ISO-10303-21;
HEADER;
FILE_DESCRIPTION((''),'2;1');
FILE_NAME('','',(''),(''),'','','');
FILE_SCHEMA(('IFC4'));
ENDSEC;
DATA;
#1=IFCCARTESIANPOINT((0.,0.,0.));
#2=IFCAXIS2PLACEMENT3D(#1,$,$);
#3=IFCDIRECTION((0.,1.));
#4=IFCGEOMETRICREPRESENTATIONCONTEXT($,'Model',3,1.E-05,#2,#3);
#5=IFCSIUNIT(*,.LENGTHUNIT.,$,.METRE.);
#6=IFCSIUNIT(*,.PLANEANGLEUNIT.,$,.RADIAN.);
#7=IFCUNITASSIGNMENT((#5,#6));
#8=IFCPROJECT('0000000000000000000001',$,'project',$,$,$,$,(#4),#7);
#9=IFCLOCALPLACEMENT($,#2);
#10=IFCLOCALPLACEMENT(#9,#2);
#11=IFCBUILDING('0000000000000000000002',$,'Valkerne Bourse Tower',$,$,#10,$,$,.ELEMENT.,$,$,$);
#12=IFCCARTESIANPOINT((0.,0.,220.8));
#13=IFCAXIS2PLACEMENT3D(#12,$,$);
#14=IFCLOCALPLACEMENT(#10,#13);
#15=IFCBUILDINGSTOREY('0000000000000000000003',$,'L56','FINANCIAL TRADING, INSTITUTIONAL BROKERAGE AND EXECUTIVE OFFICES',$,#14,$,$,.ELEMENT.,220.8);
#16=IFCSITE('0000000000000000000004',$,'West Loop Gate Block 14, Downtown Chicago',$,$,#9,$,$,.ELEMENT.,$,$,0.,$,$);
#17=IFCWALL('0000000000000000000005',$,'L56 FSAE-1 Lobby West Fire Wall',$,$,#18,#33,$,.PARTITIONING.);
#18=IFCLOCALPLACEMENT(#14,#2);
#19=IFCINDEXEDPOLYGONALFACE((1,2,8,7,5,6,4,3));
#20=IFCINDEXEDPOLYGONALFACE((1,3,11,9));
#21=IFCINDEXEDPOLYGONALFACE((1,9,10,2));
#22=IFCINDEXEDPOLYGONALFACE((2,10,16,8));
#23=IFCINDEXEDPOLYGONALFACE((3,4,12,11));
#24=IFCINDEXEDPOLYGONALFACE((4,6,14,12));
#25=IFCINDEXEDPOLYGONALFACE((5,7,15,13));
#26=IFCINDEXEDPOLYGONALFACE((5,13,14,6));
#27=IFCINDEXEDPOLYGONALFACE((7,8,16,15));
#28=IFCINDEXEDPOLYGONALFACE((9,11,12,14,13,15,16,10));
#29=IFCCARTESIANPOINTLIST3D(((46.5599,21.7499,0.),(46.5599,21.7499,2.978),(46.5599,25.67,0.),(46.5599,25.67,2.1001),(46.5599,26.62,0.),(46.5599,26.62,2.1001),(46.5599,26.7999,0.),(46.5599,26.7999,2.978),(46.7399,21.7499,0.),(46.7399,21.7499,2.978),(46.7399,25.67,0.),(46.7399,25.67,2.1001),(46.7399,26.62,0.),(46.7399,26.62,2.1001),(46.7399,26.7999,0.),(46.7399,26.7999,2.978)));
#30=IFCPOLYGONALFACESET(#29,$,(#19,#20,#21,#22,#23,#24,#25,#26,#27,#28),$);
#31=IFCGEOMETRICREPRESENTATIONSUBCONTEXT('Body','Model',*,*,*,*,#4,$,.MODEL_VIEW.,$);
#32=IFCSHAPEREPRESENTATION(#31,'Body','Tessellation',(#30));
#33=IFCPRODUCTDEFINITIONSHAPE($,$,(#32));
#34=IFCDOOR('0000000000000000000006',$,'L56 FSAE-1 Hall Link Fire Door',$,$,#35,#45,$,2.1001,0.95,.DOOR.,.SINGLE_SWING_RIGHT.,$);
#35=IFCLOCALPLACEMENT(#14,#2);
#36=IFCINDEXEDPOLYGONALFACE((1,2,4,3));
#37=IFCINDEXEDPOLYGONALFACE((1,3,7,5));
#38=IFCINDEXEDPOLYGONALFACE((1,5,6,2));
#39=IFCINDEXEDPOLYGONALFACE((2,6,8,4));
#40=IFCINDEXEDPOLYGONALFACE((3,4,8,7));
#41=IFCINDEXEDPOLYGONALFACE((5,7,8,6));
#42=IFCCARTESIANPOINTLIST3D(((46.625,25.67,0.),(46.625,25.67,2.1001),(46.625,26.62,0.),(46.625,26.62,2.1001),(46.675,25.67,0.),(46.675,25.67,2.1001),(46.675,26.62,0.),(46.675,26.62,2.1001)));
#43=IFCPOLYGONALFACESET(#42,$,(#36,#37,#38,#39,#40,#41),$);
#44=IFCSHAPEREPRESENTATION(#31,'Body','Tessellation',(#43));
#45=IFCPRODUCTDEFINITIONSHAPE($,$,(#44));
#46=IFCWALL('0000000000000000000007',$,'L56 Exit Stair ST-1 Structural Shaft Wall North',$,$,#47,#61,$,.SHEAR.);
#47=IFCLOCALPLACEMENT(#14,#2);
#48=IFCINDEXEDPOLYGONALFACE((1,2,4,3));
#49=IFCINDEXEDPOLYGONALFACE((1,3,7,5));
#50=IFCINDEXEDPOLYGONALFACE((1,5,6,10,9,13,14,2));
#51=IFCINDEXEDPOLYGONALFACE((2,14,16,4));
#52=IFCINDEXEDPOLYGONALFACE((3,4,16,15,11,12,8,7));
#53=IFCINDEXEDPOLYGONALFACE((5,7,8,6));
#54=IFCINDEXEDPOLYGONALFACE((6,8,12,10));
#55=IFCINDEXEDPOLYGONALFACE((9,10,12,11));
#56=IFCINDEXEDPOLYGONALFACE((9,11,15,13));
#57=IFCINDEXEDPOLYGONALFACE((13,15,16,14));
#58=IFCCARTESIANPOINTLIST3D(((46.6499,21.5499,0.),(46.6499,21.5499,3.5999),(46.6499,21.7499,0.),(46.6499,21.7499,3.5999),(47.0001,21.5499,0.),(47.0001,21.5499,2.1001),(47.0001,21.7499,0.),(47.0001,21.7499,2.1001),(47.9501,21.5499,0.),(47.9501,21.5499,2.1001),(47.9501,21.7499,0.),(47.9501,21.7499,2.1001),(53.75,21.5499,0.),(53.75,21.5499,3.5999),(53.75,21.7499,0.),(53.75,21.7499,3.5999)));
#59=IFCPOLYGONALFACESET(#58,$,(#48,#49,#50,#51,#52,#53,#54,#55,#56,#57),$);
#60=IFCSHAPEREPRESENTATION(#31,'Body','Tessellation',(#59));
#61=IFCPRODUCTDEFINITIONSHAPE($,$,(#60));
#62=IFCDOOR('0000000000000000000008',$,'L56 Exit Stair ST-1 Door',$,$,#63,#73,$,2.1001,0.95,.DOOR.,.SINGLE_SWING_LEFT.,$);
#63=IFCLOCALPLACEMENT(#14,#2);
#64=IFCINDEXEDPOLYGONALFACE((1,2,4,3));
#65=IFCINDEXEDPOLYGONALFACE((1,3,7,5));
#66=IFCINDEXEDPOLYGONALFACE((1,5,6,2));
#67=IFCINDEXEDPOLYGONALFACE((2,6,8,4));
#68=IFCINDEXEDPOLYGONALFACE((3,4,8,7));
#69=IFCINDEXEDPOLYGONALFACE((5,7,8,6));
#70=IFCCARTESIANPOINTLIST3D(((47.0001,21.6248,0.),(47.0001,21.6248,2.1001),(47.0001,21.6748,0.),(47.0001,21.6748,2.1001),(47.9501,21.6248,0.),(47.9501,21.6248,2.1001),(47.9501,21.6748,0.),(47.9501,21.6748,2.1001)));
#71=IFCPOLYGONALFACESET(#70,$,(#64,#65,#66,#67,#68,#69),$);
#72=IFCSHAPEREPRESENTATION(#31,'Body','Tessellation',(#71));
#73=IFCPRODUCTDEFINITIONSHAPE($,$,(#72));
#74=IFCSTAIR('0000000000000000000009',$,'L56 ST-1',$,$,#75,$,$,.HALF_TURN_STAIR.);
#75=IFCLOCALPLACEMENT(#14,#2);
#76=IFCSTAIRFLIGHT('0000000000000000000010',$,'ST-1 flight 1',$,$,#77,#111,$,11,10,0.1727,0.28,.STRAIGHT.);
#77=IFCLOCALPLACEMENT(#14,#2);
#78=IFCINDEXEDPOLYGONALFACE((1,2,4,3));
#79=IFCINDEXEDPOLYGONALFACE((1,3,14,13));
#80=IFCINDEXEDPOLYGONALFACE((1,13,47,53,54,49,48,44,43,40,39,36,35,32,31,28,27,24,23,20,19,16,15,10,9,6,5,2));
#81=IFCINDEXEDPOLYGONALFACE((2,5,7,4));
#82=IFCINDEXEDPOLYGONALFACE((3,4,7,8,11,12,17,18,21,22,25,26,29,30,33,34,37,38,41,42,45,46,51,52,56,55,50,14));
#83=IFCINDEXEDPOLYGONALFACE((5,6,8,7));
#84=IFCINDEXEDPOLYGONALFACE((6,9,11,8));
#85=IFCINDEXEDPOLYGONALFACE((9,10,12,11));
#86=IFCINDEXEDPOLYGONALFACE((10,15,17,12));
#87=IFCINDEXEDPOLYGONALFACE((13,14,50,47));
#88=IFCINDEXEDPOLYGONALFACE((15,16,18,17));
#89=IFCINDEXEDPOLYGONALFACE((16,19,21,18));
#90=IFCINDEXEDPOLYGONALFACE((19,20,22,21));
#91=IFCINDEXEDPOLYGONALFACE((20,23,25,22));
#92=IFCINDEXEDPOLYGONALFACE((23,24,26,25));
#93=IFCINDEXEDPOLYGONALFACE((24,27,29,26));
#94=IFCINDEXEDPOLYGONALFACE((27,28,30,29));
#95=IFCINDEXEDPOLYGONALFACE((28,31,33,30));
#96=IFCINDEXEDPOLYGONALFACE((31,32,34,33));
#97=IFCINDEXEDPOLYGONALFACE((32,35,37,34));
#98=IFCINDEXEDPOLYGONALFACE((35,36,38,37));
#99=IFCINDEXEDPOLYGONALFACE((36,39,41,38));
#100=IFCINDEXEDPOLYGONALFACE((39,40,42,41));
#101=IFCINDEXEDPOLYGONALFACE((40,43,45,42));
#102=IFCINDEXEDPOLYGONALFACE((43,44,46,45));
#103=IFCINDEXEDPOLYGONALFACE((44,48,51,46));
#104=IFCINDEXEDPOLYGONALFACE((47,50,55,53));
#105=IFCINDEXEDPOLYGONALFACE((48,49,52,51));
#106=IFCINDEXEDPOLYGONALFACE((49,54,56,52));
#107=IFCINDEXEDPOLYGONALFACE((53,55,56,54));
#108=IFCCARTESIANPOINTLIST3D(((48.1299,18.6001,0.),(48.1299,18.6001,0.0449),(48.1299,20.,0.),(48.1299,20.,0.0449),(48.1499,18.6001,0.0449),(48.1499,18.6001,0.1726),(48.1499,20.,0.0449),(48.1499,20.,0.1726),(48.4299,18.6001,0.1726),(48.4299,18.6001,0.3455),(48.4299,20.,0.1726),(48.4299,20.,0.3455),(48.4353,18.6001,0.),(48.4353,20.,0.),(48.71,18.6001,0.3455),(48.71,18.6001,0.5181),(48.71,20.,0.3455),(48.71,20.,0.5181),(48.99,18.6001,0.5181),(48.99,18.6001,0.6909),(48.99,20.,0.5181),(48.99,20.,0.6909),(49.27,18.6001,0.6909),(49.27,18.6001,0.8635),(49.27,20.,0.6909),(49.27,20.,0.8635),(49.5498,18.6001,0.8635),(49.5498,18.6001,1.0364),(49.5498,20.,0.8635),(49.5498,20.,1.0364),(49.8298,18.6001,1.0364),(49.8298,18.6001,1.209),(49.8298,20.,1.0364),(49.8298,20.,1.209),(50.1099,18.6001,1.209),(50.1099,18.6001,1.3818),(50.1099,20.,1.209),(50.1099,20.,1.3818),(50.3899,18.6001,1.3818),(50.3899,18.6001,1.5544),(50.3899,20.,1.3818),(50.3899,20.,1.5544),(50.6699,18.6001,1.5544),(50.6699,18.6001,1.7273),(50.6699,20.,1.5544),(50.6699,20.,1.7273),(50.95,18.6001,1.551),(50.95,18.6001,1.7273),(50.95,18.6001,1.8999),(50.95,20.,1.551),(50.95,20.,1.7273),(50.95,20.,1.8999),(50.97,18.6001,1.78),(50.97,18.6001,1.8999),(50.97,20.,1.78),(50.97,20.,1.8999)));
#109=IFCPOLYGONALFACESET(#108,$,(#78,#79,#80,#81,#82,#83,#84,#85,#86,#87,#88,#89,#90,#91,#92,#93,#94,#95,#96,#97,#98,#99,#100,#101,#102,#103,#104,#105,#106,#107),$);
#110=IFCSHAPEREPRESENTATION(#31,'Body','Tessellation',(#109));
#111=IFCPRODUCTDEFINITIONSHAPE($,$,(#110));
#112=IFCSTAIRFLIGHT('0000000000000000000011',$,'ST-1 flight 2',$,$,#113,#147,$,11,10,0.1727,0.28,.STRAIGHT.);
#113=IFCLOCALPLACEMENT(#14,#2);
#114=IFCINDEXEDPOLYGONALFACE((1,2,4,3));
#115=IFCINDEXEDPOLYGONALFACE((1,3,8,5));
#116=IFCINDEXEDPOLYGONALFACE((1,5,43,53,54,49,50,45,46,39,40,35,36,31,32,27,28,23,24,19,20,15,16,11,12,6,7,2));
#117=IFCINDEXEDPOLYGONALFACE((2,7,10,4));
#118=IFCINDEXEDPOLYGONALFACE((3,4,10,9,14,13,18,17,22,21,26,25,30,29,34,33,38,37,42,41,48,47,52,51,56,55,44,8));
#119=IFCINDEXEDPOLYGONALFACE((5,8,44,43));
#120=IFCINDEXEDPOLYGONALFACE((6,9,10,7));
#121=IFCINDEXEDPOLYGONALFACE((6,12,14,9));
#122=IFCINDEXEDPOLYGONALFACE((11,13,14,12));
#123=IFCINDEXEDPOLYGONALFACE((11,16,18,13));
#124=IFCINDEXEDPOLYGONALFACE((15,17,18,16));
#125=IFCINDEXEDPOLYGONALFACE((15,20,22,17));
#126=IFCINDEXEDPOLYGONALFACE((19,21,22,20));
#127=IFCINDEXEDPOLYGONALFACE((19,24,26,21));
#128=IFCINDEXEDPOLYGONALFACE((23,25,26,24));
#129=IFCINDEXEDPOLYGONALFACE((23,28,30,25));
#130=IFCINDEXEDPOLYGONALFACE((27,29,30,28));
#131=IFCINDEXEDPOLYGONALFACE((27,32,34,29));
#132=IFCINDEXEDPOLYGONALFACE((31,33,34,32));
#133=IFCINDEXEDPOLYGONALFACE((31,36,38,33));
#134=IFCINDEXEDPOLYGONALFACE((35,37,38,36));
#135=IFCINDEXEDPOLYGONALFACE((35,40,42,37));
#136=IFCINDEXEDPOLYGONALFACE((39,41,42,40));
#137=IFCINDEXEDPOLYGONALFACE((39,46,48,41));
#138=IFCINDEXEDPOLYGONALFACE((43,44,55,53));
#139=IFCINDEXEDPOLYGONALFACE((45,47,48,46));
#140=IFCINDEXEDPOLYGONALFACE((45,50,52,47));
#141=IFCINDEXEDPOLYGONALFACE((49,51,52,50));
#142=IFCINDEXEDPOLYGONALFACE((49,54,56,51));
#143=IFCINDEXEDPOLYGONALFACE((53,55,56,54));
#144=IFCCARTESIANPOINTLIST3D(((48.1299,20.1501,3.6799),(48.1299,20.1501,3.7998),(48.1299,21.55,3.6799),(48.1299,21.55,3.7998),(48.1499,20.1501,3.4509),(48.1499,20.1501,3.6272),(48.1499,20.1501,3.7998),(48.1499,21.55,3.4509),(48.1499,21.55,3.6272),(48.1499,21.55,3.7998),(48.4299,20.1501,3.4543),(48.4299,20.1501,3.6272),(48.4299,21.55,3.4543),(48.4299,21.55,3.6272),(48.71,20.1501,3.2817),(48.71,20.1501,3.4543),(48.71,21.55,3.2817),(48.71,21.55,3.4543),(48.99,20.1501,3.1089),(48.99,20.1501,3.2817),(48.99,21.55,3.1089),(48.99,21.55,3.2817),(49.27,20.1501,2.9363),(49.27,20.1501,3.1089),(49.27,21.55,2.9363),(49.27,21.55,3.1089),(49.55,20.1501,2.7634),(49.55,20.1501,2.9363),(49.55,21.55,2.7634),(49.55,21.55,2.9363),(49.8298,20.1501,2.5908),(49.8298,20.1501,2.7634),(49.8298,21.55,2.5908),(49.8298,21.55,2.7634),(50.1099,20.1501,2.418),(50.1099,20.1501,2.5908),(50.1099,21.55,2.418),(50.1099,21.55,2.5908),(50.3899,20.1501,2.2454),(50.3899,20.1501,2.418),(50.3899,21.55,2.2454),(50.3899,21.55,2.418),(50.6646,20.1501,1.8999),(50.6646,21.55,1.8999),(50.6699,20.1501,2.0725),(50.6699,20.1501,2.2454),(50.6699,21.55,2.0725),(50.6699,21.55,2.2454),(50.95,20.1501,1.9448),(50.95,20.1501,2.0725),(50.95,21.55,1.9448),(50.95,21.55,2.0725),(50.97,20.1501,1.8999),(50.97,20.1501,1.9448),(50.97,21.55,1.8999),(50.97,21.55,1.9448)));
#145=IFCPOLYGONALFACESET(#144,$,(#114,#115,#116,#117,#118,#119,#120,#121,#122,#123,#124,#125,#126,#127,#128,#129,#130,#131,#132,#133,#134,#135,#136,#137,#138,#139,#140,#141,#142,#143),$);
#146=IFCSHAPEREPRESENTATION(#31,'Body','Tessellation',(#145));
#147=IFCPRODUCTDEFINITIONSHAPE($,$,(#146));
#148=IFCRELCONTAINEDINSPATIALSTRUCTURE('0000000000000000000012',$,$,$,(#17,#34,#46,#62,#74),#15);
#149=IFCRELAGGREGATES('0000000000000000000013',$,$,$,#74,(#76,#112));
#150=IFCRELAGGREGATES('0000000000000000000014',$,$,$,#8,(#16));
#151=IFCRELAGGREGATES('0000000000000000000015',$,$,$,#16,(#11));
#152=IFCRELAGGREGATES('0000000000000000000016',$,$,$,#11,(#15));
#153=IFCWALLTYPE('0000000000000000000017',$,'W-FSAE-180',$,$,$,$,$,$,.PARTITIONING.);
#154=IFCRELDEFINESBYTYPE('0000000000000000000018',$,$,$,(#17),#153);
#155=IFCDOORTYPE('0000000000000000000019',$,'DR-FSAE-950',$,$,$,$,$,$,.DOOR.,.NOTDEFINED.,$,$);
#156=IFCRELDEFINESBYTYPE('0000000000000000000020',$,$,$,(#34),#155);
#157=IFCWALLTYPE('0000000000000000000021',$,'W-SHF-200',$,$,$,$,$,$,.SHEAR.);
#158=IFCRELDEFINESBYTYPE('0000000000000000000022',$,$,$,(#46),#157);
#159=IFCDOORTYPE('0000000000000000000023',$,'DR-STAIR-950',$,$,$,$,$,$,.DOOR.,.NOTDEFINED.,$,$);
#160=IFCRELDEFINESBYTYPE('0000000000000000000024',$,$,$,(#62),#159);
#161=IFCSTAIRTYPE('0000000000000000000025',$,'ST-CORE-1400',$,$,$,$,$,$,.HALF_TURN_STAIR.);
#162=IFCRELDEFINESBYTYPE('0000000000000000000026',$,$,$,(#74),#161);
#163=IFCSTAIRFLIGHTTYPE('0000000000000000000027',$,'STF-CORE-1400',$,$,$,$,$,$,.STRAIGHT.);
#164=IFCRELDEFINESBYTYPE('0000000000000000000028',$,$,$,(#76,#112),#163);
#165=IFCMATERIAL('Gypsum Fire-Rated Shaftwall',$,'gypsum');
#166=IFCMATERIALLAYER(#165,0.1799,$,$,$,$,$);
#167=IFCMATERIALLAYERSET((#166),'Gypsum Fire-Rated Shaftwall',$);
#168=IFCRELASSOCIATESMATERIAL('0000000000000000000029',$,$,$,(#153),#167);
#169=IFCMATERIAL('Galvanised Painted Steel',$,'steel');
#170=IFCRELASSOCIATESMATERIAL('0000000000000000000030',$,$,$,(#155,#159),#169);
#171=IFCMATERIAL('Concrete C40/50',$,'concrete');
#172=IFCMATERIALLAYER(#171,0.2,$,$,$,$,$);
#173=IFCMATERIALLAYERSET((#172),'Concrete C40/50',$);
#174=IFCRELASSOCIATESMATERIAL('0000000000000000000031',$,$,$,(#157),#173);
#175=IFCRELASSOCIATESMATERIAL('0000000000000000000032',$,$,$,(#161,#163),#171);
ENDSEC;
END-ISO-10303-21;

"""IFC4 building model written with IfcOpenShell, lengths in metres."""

from ifc_helpers import new_model, si_unit, direction, frame, frame_2d, origin, place, context, subcontext, project, spatial, polyline, rectangle, outline, extrude, material, layer, layer_set, type_object, element, fill, aggregate, save


model = new_model("IFC4")

# Units and contexts
model_context = context("Model", 3, precision=1e-05, world=origin(), true_north=direction((0.0, 1.0)))
body_context = subcontext(model_context, "Body", "Model", "MODEL_VIEW")
ifc_project = project(units=[si_unit("LENGTHUNIT", "METRE"), si_unit("PLANEANGLEUNIT", "RADIAN")], contexts=[model_context])

# Site, building, storey
site_placement = place(None, origin())
site = spatial("IfcSite", under=ifc_project, at=site_placement, Name="West Loop Gate Block 14, Downtown Chicago", CompositionType="ELEMENT", RefElevation=0.0)
building_placement = place(site_placement, origin())
building = spatial("IfcBuilding", under=site, at=building_placement, Name="Valkerne Bourse Tower", CompositionType="ELEMENT")
storey_placement = place(building_placement, frame((0.0, 0.0, 220.8)))
storey = spatial("IfcBuildingStorey", under=building, at=storey_placement, Name="L56", Description="FINANCIAL TRADING, INSTITUTIONAL BROKERAGE AND EXECUTIVE OFFICES", CompositionType="ELEMENT", Elevation=220.8)

# Wall, opening, door
ifc_material_1 = material(Name="Galvanised Painted Steel", Category="steel")
ifc_material_2 = material(Name="Gypsum Fire-Rated Shaftwall", Category="gypsum")
ifc_layer_1 = layer(ifc_material_2, 0.1799)
ifc_layer_set_1 = layer_set([ifc_layer_1], Name="Gypsum Fire-Rated Shaftwall")
wall_type_1 = type_object("IfcWallType", Name="W-FSAE-180", PredefinedType="PARTITIONING", material=ifc_layer_set_1)
wall_1_placement = place(storey_placement, frame((46.6499, 21.75, 0.0), z_axis=(0.0, 0.0, 1.0), x_axis=(0.0, 1.0, 0.0)))
wall_1 = element("IfcWall", 1, at=wall_1_placement, inside=storey, type_object=wall_type_1, Name="L56 FSAE-1 Lobby West Fire Wall", PredefinedType="PARTITIONING", context=body_context, shape_type="SweptSolid", body=[
    extrude(rectangle(XDim=5.05, YDim=0.1799, at=frame_2d((2.5249, 0.0))), origin(), (0.0, 0.0, 1.0), 2.978),
])
opening_1_placement = place(wall_1_placement, frame((3.9199, 0.0, 0.0)))
opening_1 = element("IfcOpeningElement", 2, at=opening_1_placement, cuts=wall_1, PredefinedType="OPENING", context=body_context, shape_type="SweptSolid", body=[
    extrude(rectangle(XDim=0.95, YDim=2.1001, at=frame_2d((0.4751, 1.05))), frame((0.0, 0.0999, 0.0), z_axis=(0.0, -1.0, 0.0), x_axis=(1.0, 0.0, 0.0)), (0.0, 0.0, 1.0), 0.2),
])
door_type_1 = type_object("IfcDoorType", Name="DR-FSAE-950", OperationType="NOTDEFINED", PredefinedType="DOOR", material=ifc_material_1)
door_1_placement = place(opening_1_placement, origin())
door_1 = element("IfcDoor", 3, at=door_1_placement, inside=storey, type_object=door_type_1, Name="L56 FSAE-1 Hall Link Fire Door", OperationType="SINGLE_SWING_RIGHT", OverallHeight=2.1001, OverallWidth=0.95, PredefinedType="DOOR", context=body_context, shape_type="SweptSolid", body=[
    extrude(rectangle(XDim=0.95, YDim=2.1001, at=frame_2d((0.4751, 1.05))), frame((0.0, 0.0249, 0.0), z_axis=(0.0, -1.0, 0.0), x_axis=(1.0, 0.0, 0.0)), (0.0, 0.0, 1.0), 0.05),
])
fill(opening_1, door_1)

# Wall, opening, door
ifc_material_3 = material(Name="Concrete C40/50", Category="concrete")
ifc_layer_2 = layer(ifc_material_3, 0.2)
ifc_layer_set_2 = layer_set([ifc_layer_2], Name="Concrete C40/50")
wall_type_2 = type_object("IfcWallType", Name="W-SHF-200", PredefinedType="SHEAR", material=ifc_layer_set_2)
wall_2_placement = place(storey_placement, frame((46.6499, 21.6499, 0.0), z_axis=(0.0, 0.0, 1.0), x_axis=(1.0, 0.0, 0.0)))
wall_2 = element("IfcWall", 4, at=wall_2_placement, inside=storey, type_object=wall_type_2, Name="L56 Exit Stair ST-1 Structural Shaft Wall North", PredefinedType="SHEAR", context=body_context, shape_type="SweptSolid", body=[
    extrude(rectangle(XDim=7.1001, YDim=0.2, at=frame_2d((3.55, 0.0))), origin(), (0.0, 0.0, 1.0), 3.5999),
])
opening_2_placement = place(wall_2_placement, frame((0.3501, 0.0, 0.0)))
opening_2 = element("IfcOpeningElement", 5, at=opening_2_placement, cuts=wall_2, PredefinedType="OPENING", context=body_context, shape_type="SweptSolid", body=[
    extrude(rectangle(XDim=0.95, YDim=2.1001, at=frame_2d((0.4751, 1.05))), frame((0.0, 0.1099, 0.0), z_axis=(0.0, -1.0, 0.0), x_axis=(1.0, 0.0, 0.0)), (0.0, 0.0, 1.0), 0.22),
])
door_type_2 = type_object("IfcDoorType", Name="DR-STAIR-950", OperationType="NOTDEFINED", PredefinedType="DOOR", material=ifc_material_1)
door_2_placement = place(opening_2_placement, origin())
door_2 = element("IfcDoor", 6, at=door_2_placement, inside=storey, type_object=door_type_2, Name="L56 Exit Stair ST-1 Door", OperationType="SINGLE_SWING_LEFT", OverallHeight=2.1001, OverallWidth=0.95, PredefinedType="DOOR", context=body_context, shape_type="SweptSolid", body=[
    extrude(rectangle(XDim=0.95, YDim=2.1001, at=frame_2d((0.4751, 1.05))), frame((0.0, 0.0249, 0.0), z_axis=(0.0, -1.0, 0.0), x_axis=(1.0, 0.0, 0.0)), (0.0, 0.0, 1.0), 0.05),
])
fill(opening_2, door_2)

# Stair, stair flights
stair_type = type_object("IfcStairType", Name="ST-CORE-1400", PredefinedType="HALF_TURN_STAIR", material=ifc_material_3)
stair_placement = place(storey_placement, origin())
stair = element("IfcStair", 7, at=stair_placement, inside=storey, type_object=stair_type, Name="L56 ST-1", PredefinedType="HALF_TURN_STAIR")
stair_flight_type = type_object("IfcStairFlightType", Name="STF-CORE-1400", PredefinedType="STRAIGHT", material=ifc_material_3)
stair_flight_1_placement = place(storey_placement, frame((48.1499, 19.3, 0.0), z_axis=(0.0, 0.0, 1.0), x_axis=(1.0, 0.0, 0.0)))
stair_flight_1 = element("IfcStairFlight", 8, at=stair_flight_1_placement, type_object=stair_flight_type, Name="ST-1 flight 1", NumberOfRisers=11, NumberOfTreads=10, PredefinedType="STRAIGHT", RiserHeight=0.1727, TreadLength=0.28, context=body_context, shape_type="SweptSolid", body=[
    extrude(outline(polyline([(-0.02, 0.0), (-0.02, 0.0449), (0.0, 0.0449), (0.0, 0.1726), (0.28, 0.1726), (0.28, 0.3455), (0.5601, 0.3455), (0.5601, 0.5181), (0.8401, 0.5181), (0.8401, 0.6909), (1.1201, 0.6909), (1.1201, 0.8635), (1.3999, 0.8635), (1.3999, 1.0364), (1.6799, 1.0364), (1.6799, 1.209), (1.96, 1.209), (1.96, 1.3818), (2.24, 1.3818), (2.24, 1.5544), (2.52, 1.5544), (2.52, 1.7273), (2.8, 1.7273), (2.8, 1.8999), (2.8201, 1.8999), (2.8201, 1.78), (2.8, 1.551), (0.2854, 0.0), (-0.02, 0.0)])), frame((0.0, 0.7, 0.0), z_axis=(0.0, -1.0, 0.0), x_axis=(1.0, 0.0, 0.0)), (0.0, 0.0, 1.0), 1.3999),
])
stair_flight_2_placement = place(storey_placement, frame((50.95, 20.8501, 1.8999), z_axis=(0.0, 0.0, 1.0), x_axis=(-1.0, 0.0, 0.0)))
stair_flight_2 = element("IfcStairFlight", 9, at=stair_flight_2_placement, type_object=stair_flight_type, Name="ST-1 flight 2", NumberOfRisers=11, NumberOfTreads=10, PredefinedType="STRAIGHT", RiserHeight=0.1727, TreadLength=0.28, context=body_context, shape_type="SweptSolid", body=[
    extrude(outline(polyline([(-0.02, 0.0), (-0.02, 0.0449), (0.0, 0.0449), (0.0, 0.1726), (0.28, 0.1726), (0.28, 0.3455), (0.5601, 0.3455), (0.5601, 0.5181), (0.8401, 0.5181), (0.8401, 0.6909), (1.1201, 0.6909), (1.1201, 0.8635), (1.3999, 0.8635), (1.3999, 1.0364), (1.6799, 1.0364), (1.6799, 1.209), (1.96, 1.209), (1.96, 1.3818), (2.24, 1.3818), (2.24, 1.5544), (2.52, 1.5544), (2.52, 1.7273), (2.8, 1.7273), (2.8, 1.8999), (2.8201, 1.8999), (2.8201, 1.78), (2.8, 1.551), (0.2854, 0.0), (-0.02, 0.0)])), frame((0.0, 0.7, 0.0), z_axis=(0.0, -1.0, 0.0), x_axis=(1.0, 0.0, 0.0)), (0.0, 0.0, 1.0), 1.3999),
])
aggregate(stair, [stair_flight_1, stair_flight_2])

save(model, "model.ifc")
